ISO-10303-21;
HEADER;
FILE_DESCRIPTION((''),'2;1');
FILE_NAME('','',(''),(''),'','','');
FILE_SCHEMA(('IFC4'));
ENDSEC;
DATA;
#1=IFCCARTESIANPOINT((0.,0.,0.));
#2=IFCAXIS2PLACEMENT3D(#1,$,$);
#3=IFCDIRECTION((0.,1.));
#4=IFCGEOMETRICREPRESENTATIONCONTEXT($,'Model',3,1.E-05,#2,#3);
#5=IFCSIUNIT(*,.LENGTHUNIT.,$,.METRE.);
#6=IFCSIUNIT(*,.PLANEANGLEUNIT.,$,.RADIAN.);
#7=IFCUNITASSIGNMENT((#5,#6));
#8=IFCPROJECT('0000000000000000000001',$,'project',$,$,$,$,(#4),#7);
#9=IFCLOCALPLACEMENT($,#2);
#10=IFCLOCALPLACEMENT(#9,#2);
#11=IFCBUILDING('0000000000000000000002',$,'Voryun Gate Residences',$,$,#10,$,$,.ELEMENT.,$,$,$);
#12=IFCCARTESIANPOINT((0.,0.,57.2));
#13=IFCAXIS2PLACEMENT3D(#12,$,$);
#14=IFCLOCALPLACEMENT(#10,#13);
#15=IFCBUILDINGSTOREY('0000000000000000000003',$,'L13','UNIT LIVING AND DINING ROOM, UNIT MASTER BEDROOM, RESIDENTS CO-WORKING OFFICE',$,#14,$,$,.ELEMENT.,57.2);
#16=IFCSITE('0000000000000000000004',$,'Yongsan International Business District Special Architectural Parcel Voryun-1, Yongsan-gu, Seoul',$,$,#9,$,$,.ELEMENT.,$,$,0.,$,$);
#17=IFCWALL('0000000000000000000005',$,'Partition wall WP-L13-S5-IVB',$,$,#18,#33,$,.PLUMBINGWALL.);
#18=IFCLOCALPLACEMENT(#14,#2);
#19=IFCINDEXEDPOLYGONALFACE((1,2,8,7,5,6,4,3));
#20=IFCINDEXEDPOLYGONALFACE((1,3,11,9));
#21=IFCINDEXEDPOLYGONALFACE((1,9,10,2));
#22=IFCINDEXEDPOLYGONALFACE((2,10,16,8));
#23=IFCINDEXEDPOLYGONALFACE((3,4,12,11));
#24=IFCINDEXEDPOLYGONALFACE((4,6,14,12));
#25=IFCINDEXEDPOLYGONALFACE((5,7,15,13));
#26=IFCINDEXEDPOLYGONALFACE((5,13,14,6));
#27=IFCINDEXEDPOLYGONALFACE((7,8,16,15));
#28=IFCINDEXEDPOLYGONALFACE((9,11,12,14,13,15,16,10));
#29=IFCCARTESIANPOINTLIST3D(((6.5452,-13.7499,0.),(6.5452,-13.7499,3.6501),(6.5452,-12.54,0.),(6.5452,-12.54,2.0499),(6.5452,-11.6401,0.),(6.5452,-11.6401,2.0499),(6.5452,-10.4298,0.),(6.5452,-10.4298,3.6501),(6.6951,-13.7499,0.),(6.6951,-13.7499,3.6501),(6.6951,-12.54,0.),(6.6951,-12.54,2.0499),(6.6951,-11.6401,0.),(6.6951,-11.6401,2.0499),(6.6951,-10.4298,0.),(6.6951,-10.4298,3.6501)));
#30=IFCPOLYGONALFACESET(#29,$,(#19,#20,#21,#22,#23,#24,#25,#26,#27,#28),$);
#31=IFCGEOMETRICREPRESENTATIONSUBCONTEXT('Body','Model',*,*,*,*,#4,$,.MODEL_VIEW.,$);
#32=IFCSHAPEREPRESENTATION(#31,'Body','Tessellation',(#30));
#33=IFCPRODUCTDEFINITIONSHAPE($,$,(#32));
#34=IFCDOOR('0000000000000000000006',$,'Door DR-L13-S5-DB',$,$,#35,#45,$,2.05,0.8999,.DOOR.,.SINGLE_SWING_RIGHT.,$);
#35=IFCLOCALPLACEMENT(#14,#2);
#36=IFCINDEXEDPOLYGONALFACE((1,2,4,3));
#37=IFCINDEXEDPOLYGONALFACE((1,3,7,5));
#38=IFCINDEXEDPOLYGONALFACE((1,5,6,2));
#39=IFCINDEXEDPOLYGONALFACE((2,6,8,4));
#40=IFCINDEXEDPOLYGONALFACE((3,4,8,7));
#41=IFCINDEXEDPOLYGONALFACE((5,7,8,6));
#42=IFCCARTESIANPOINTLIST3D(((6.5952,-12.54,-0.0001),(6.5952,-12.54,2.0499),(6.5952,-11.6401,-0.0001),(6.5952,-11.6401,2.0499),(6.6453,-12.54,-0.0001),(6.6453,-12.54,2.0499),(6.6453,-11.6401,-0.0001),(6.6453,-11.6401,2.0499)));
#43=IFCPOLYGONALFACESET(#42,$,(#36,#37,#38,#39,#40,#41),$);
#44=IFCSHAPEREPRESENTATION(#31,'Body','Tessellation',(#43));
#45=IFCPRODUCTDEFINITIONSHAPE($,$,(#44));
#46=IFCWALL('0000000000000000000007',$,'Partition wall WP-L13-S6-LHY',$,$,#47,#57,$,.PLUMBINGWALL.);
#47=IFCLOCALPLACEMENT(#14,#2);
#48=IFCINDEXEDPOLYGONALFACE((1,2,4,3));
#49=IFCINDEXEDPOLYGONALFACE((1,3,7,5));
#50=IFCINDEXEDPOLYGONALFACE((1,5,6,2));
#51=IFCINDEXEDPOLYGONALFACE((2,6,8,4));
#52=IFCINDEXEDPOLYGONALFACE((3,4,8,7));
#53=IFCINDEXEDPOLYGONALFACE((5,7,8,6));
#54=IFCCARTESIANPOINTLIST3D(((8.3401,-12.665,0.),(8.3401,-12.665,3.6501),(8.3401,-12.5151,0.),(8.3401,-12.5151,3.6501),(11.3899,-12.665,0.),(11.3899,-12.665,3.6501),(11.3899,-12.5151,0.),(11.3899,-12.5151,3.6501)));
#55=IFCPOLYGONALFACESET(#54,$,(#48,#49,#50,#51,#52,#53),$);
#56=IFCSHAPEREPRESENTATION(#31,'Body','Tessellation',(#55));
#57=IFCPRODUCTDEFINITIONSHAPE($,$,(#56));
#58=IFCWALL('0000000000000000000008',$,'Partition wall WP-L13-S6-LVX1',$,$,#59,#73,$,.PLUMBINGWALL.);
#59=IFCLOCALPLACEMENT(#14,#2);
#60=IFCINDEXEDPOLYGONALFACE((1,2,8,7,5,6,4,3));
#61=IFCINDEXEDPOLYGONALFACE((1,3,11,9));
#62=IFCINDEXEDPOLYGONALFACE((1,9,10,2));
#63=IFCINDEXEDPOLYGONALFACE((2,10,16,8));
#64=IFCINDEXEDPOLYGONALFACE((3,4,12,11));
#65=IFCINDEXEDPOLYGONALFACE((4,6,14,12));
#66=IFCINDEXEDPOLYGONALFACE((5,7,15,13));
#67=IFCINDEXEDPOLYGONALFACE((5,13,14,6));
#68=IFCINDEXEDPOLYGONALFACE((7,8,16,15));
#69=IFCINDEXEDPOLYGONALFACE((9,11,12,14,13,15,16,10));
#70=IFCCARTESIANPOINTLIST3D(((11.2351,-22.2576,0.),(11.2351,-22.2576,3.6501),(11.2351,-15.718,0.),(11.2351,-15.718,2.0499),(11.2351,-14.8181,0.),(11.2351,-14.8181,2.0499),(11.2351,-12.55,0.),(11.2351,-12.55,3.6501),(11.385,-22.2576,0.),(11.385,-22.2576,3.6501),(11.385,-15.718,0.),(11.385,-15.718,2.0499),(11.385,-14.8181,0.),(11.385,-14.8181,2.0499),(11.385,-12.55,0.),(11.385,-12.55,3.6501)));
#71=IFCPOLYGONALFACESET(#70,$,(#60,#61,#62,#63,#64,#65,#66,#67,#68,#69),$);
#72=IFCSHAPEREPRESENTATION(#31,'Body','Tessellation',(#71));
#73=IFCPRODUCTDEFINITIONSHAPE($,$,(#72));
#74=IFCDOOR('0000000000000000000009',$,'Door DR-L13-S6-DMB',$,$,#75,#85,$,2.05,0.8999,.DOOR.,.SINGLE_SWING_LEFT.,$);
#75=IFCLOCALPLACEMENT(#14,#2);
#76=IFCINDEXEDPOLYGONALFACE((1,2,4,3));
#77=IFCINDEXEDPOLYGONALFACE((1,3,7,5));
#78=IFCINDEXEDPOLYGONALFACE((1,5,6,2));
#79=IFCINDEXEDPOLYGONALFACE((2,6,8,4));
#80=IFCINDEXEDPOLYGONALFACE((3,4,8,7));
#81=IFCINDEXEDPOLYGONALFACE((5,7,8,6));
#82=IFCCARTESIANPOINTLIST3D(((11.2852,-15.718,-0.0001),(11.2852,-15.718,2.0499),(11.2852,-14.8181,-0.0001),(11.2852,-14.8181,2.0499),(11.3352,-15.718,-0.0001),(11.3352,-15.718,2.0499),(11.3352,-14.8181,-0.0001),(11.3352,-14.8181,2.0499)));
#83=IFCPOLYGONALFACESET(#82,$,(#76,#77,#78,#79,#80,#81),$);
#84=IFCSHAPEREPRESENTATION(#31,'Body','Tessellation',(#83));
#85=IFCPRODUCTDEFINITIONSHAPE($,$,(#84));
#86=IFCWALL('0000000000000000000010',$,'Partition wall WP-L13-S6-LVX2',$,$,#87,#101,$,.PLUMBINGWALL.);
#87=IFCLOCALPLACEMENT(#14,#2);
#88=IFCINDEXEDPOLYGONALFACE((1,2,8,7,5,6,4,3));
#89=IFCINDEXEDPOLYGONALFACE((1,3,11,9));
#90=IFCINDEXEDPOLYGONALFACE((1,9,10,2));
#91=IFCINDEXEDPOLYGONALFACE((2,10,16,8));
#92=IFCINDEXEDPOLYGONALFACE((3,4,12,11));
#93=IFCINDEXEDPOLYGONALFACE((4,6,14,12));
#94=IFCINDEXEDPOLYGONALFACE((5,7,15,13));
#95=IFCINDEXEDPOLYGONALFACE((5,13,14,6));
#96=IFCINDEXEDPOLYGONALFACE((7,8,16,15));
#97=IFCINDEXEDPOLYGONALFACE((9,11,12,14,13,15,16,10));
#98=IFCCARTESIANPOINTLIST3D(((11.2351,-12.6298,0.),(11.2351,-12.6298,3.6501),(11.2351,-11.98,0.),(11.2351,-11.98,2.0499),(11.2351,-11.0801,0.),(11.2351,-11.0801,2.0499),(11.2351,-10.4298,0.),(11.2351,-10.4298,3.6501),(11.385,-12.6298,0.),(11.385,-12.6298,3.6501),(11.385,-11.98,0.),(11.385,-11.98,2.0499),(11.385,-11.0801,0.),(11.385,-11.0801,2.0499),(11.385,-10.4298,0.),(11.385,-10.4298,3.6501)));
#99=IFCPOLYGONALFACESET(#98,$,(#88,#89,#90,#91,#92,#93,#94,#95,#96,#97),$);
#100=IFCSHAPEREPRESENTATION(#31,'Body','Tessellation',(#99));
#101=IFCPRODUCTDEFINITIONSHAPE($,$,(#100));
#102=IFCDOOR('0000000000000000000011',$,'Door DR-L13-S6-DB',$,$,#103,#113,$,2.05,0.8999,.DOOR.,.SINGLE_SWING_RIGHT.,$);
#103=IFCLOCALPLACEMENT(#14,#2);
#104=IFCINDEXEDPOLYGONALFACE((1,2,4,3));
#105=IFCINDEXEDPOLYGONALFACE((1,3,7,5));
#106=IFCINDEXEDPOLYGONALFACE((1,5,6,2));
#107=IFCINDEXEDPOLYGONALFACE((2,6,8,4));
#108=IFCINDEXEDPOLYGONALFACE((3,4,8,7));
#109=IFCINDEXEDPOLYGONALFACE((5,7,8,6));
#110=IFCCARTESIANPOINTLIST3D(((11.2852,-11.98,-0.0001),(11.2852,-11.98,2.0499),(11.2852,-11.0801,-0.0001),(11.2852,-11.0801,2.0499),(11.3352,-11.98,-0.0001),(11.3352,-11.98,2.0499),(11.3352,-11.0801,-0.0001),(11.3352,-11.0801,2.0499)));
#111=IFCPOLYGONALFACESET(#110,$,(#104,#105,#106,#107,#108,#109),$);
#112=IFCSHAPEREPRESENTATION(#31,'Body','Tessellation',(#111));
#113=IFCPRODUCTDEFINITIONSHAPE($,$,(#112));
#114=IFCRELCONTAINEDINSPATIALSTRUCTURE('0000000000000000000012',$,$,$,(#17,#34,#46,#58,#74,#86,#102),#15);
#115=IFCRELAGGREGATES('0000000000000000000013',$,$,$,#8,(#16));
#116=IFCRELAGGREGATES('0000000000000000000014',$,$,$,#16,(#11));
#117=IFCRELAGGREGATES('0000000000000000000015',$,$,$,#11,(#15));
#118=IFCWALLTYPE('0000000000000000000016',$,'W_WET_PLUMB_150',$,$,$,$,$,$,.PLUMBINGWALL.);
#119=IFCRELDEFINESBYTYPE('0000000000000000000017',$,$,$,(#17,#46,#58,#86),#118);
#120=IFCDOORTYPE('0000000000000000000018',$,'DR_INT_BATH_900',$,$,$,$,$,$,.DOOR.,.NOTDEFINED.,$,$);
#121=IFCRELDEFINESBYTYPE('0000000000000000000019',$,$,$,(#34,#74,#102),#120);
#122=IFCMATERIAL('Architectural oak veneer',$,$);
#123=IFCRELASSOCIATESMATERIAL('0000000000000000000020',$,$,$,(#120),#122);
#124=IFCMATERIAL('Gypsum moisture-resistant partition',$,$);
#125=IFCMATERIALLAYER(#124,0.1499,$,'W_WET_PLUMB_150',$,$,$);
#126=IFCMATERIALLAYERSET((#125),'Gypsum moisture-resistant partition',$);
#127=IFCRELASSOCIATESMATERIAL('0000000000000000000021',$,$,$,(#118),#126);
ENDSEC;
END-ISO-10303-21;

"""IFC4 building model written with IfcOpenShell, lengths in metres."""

from ifc_helpers import new_model, si_unit, direction, frame, frame_2d, origin, place, context, subcontext, project, spatial, rectangle, extrude, material, layer, layer_set, type_object, element, fill, save


model = new_model("IFC4")

# Units and contexts
model_context = context("Model", 3, precision=1e-05, world=origin(), true_north=direction((0.0, 1.0)))
body_context = subcontext(model_context, "Body", "Model", "MODEL_VIEW")
ifc_project = project(units=[si_unit("LENGTHUNIT", "METRE"), si_unit("PLANEANGLEUNIT", "RADIAN")], contexts=[model_context])

# Site, building, storey
site_placement = place(None, origin())
site = spatial("IfcSite", under=ifc_project, at=site_placement, Name="Yongsan International Business District Special Architectural Parcel Voryun-1, Yongsan-gu, Seoul", CompositionType="ELEMENT", RefElevation=0.0)
building_placement = place(site_placement, origin())
building = spatial("IfcBuilding", under=site, at=building_placement, Name="Voryun Gate Residences", CompositionType="ELEMENT")
storey_placement = place(building_placement, frame((0.0, 0.0, 57.2)))
storey = spatial("IfcBuildingStorey", under=building, at=storey_placement, Name="L13", Description="UNIT LIVING AND DINING ROOM, UNIT MASTER BEDROOM, RESIDENTS CO-WORKING OFFICE", CompositionType="ELEMENT", Elevation=57.2)

# Shared definitions
ifc_material_1 = material(Name="Architectural oak veneer")
door_type_1 = type_object("IfcDoorType", Name="DR_INT_BATH_900", OperationType="NOTDEFINED", PredefinedType="DOOR", material=ifc_material_1)

# Shared definitions
ifc_material_2 = material(Name="Gypsum moisture-resistant partition")
ifc_layer_1 = layer(ifc_material_2, 0.1499, Name="W_WET_PLUMB_150")
ifc_layer_set_1 = layer_set([ifc_layer_1], Name="Gypsum moisture-resistant partition")
wall_type_1 = type_object("IfcWallType", Name="W_WET_PLUMB_150", PredefinedType="PLUMBINGWALL", material=ifc_layer_set_1)

# Wall, opening, door
wall_1_placement = place(storey_placement, frame((6.6201, -13.75, 0.0), z_axis=(0.0, 0.0, 1.0), x_axis=(0.0, 1.0, 0.0)))
wall_1 = element("IfcWall", 1, at=wall_1_placement, inside=storey, type_object=wall_type_1, Name="Partition wall WP-L13-S5-IVB", PredefinedType="PLUMBINGWALL", context=body_context, shape_type="SweptSolid", body=[
    extrude(rectangle(XDim=3.3201, YDim=0.1499, at=frame_2d((1.6602, 0.0))), origin(), (0.0, 0.0, 1.0), 3.6501),
])
opening_1_placement = place(wall_1_placement, frame((1.21, 0.0, 0.0)))
opening_1 = element("IfcOpeningElement", 2, at=opening_1_placement, cuts=wall_1, PredefinedType="OPENING", context=body_context, shape_type="SweptSolid", body=[
    extrude(rectangle(XDim=0.8999, YDim=2.05, at=frame_2d((0.45, 1.0249))), frame((0.0, 0.085, 0.0), z_axis=(0.0, -1.0, 0.0), x_axis=(1.0, 0.0, 0.0)), (0.0, 0.0, 1.0), 0.1699),
])
door_1_placement = place(opening_1_placement, origin())
door_1 = element("IfcDoor", 3, at=door_1_placement, inside=storey, type_object=door_type_1, Name="Door DR-L13-S5-DB", OperationType="SINGLE_SWING_RIGHT", OverallHeight=2.05, OverallWidth=0.8999, PredefinedType="DOOR", context=body_context, shape_type="SweptSolid", body=[
    extrude(rectangle(XDim=0.8999, YDim=2.05, at=frame_2d((0.45, 1.0249))), frame((0.0, 0.0249, 0.0), z_axis=(0.0, -1.0, 0.0), x_axis=(1.0, 0.0, 0.0)), (0.0, 0.0, 1.0), 0.05),
])
fill(opening_1, door_1)

# Wall
wall_2_placement = place(storey_placement, frame((8.3401, -12.5901, 0.0), z_axis=(0.0, 0.0, 1.0), x_axis=(1.0, 0.0, 0.0)))
element("IfcWall", 4, at=wall_2_placement, inside=storey, type_object=wall_type_1, Name="Partition wall WP-L13-S6-LHY", PredefinedType="PLUMBINGWALL", context=body_context, shape_type="SweptSolid", body=[
    extrude(rectangle(XDim=3.0498, YDim=0.1499, at=frame_2d((1.5249, 0.0))), origin(), (0.0, 0.0, 1.0), 3.6501),
])

# Walls, openings, doors
wall_3_placement = place(storey_placement, frame((11.3101, -22.2576, 0.0), z_axis=(0.0, 0.0, 1.0), x_axis=(0.0, 1.0, 0.0)))
wall_3 = element("IfcWall", 5, at=wall_3_placement, inside=storey, type_object=wall_type_1, Name="Partition wall WP-L13-S6-LVX1", PredefinedType="PLUMBINGWALL", context=body_context, shape_type="SweptSolid", body=[
    extrude(rectangle(XDim=9.7075, YDim=0.1499, at=frame_2d((4.8538, 0.0))), origin(), (0.0, 0.0, 1.0), 3.6501),
])
opening_2_placement = place(wall_3_placement, frame((6.5396, 0.0, 0.0)))
opening_2 = element("IfcOpeningElement", 6, at=opening_2_placement, cuts=wall_3, PredefinedType="OPENING", context=body_context, shape_type="SweptSolid", body=[
    extrude(rectangle(XDim=0.8999, YDim=2.05, at=frame_2d((0.45, 1.0249))), frame((0.0, 0.085, 0.0), z_axis=(0.0, -1.0, 0.0), x_axis=(1.0, 0.0, 0.0)), (0.0, 0.0, 1.0), 0.1699),
])
door_2_placement = place(opening_2_placement, origin())
door_2 = element("IfcDoor", 7, at=door_2_placement, inside=storey, type_object=door_type_1, Name="Door DR-L13-S6-DMB", OperationType="SINGLE_SWING_LEFT", OverallHeight=2.05, OverallWidth=0.8999, PredefinedType="DOOR", context=body_context, shape_type="SweptSolid", body=[
    extrude(rectangle(XDim=0.8999, YDim=2.05, at=frame_2d((0.45, 1.0249))), frame((0.0, 0.0249, 0.0), z_axis=(0.0, -1.0, 0.0), x_axis=(1.0, 0.0, 0.0)), (0.0, 0.0, 1.0), 0.05),
])
fill(opening_2, door_2)
wall_4_placement = place(storey_placement, frame((11.3101, -12.6299, 0.0), z_axis=(0.0, 0.0, 1.0), x_axis=(0.0, 1.0, 0.0)))
wall_4 = element("IfcWall", 8, at=wall_4_placement, inside=storey, type_object=wall_type_1, Name="Partition wall WP-L13-S6-LVX2", PredefinedType="PLUMBINGWALL", context=body_context, shape_type="SweptSolid", body=[
    extrude(rectangle(XDim=2.2, YDim=0.1499, at=frame_2d((1.1001, 0.0))), origin(), (0.0, 0.0, 1.0), 3.6501),
])
opening_3_placement = place(wall_4_placement, frame((0.6499, 0.0, 0.0)))
opening_3 = element("IfcOpeningElement", 9, at=opening_3_placement, cuts=wall_4, PredefinedType="OPENING", context=body_context, shape_type="SweptSolid", body=[
    extrude(rectangle(XDim=0.8999, YDim=2.05, at=frame_2d((0.45, 1.0249))), frame((0.0, 0.085, 0.0), z_axis=(0.0, -1.0, 0.0), x_axis=(1.0, 0.0, 0.0)), (0.0, 0.0, 1.0), 0.1699),
])
door_3_placement = place(opening_3_placement, origin())
door_3 = element("IfcDoor", 10, at=door_3_placement, inside=storey, type_object=door_type_1, Name="Door DR-L13-S6-DB", OperationType="SINGLE_SWING_RIGHT", OverallHeight=2.05, OverallWidth=0.8999, PredefinedType="DOOR", context=body_context, shape_type="SweptSolid", body=[
    extrude(rectangle(XDim=0.8999, YDim=2.05, at=frame_2d((0.45, 1.0249))), frame((0.0, 0.0249, 0.0), z_axis=(0.0, -1.0, 0.0), x_axis=(1.0, 0.0, 0.0)), (0.0, 0.0, 1.0), 0.05),
])
fill(opening_3, door_3)

save(model, "model.ifc")
